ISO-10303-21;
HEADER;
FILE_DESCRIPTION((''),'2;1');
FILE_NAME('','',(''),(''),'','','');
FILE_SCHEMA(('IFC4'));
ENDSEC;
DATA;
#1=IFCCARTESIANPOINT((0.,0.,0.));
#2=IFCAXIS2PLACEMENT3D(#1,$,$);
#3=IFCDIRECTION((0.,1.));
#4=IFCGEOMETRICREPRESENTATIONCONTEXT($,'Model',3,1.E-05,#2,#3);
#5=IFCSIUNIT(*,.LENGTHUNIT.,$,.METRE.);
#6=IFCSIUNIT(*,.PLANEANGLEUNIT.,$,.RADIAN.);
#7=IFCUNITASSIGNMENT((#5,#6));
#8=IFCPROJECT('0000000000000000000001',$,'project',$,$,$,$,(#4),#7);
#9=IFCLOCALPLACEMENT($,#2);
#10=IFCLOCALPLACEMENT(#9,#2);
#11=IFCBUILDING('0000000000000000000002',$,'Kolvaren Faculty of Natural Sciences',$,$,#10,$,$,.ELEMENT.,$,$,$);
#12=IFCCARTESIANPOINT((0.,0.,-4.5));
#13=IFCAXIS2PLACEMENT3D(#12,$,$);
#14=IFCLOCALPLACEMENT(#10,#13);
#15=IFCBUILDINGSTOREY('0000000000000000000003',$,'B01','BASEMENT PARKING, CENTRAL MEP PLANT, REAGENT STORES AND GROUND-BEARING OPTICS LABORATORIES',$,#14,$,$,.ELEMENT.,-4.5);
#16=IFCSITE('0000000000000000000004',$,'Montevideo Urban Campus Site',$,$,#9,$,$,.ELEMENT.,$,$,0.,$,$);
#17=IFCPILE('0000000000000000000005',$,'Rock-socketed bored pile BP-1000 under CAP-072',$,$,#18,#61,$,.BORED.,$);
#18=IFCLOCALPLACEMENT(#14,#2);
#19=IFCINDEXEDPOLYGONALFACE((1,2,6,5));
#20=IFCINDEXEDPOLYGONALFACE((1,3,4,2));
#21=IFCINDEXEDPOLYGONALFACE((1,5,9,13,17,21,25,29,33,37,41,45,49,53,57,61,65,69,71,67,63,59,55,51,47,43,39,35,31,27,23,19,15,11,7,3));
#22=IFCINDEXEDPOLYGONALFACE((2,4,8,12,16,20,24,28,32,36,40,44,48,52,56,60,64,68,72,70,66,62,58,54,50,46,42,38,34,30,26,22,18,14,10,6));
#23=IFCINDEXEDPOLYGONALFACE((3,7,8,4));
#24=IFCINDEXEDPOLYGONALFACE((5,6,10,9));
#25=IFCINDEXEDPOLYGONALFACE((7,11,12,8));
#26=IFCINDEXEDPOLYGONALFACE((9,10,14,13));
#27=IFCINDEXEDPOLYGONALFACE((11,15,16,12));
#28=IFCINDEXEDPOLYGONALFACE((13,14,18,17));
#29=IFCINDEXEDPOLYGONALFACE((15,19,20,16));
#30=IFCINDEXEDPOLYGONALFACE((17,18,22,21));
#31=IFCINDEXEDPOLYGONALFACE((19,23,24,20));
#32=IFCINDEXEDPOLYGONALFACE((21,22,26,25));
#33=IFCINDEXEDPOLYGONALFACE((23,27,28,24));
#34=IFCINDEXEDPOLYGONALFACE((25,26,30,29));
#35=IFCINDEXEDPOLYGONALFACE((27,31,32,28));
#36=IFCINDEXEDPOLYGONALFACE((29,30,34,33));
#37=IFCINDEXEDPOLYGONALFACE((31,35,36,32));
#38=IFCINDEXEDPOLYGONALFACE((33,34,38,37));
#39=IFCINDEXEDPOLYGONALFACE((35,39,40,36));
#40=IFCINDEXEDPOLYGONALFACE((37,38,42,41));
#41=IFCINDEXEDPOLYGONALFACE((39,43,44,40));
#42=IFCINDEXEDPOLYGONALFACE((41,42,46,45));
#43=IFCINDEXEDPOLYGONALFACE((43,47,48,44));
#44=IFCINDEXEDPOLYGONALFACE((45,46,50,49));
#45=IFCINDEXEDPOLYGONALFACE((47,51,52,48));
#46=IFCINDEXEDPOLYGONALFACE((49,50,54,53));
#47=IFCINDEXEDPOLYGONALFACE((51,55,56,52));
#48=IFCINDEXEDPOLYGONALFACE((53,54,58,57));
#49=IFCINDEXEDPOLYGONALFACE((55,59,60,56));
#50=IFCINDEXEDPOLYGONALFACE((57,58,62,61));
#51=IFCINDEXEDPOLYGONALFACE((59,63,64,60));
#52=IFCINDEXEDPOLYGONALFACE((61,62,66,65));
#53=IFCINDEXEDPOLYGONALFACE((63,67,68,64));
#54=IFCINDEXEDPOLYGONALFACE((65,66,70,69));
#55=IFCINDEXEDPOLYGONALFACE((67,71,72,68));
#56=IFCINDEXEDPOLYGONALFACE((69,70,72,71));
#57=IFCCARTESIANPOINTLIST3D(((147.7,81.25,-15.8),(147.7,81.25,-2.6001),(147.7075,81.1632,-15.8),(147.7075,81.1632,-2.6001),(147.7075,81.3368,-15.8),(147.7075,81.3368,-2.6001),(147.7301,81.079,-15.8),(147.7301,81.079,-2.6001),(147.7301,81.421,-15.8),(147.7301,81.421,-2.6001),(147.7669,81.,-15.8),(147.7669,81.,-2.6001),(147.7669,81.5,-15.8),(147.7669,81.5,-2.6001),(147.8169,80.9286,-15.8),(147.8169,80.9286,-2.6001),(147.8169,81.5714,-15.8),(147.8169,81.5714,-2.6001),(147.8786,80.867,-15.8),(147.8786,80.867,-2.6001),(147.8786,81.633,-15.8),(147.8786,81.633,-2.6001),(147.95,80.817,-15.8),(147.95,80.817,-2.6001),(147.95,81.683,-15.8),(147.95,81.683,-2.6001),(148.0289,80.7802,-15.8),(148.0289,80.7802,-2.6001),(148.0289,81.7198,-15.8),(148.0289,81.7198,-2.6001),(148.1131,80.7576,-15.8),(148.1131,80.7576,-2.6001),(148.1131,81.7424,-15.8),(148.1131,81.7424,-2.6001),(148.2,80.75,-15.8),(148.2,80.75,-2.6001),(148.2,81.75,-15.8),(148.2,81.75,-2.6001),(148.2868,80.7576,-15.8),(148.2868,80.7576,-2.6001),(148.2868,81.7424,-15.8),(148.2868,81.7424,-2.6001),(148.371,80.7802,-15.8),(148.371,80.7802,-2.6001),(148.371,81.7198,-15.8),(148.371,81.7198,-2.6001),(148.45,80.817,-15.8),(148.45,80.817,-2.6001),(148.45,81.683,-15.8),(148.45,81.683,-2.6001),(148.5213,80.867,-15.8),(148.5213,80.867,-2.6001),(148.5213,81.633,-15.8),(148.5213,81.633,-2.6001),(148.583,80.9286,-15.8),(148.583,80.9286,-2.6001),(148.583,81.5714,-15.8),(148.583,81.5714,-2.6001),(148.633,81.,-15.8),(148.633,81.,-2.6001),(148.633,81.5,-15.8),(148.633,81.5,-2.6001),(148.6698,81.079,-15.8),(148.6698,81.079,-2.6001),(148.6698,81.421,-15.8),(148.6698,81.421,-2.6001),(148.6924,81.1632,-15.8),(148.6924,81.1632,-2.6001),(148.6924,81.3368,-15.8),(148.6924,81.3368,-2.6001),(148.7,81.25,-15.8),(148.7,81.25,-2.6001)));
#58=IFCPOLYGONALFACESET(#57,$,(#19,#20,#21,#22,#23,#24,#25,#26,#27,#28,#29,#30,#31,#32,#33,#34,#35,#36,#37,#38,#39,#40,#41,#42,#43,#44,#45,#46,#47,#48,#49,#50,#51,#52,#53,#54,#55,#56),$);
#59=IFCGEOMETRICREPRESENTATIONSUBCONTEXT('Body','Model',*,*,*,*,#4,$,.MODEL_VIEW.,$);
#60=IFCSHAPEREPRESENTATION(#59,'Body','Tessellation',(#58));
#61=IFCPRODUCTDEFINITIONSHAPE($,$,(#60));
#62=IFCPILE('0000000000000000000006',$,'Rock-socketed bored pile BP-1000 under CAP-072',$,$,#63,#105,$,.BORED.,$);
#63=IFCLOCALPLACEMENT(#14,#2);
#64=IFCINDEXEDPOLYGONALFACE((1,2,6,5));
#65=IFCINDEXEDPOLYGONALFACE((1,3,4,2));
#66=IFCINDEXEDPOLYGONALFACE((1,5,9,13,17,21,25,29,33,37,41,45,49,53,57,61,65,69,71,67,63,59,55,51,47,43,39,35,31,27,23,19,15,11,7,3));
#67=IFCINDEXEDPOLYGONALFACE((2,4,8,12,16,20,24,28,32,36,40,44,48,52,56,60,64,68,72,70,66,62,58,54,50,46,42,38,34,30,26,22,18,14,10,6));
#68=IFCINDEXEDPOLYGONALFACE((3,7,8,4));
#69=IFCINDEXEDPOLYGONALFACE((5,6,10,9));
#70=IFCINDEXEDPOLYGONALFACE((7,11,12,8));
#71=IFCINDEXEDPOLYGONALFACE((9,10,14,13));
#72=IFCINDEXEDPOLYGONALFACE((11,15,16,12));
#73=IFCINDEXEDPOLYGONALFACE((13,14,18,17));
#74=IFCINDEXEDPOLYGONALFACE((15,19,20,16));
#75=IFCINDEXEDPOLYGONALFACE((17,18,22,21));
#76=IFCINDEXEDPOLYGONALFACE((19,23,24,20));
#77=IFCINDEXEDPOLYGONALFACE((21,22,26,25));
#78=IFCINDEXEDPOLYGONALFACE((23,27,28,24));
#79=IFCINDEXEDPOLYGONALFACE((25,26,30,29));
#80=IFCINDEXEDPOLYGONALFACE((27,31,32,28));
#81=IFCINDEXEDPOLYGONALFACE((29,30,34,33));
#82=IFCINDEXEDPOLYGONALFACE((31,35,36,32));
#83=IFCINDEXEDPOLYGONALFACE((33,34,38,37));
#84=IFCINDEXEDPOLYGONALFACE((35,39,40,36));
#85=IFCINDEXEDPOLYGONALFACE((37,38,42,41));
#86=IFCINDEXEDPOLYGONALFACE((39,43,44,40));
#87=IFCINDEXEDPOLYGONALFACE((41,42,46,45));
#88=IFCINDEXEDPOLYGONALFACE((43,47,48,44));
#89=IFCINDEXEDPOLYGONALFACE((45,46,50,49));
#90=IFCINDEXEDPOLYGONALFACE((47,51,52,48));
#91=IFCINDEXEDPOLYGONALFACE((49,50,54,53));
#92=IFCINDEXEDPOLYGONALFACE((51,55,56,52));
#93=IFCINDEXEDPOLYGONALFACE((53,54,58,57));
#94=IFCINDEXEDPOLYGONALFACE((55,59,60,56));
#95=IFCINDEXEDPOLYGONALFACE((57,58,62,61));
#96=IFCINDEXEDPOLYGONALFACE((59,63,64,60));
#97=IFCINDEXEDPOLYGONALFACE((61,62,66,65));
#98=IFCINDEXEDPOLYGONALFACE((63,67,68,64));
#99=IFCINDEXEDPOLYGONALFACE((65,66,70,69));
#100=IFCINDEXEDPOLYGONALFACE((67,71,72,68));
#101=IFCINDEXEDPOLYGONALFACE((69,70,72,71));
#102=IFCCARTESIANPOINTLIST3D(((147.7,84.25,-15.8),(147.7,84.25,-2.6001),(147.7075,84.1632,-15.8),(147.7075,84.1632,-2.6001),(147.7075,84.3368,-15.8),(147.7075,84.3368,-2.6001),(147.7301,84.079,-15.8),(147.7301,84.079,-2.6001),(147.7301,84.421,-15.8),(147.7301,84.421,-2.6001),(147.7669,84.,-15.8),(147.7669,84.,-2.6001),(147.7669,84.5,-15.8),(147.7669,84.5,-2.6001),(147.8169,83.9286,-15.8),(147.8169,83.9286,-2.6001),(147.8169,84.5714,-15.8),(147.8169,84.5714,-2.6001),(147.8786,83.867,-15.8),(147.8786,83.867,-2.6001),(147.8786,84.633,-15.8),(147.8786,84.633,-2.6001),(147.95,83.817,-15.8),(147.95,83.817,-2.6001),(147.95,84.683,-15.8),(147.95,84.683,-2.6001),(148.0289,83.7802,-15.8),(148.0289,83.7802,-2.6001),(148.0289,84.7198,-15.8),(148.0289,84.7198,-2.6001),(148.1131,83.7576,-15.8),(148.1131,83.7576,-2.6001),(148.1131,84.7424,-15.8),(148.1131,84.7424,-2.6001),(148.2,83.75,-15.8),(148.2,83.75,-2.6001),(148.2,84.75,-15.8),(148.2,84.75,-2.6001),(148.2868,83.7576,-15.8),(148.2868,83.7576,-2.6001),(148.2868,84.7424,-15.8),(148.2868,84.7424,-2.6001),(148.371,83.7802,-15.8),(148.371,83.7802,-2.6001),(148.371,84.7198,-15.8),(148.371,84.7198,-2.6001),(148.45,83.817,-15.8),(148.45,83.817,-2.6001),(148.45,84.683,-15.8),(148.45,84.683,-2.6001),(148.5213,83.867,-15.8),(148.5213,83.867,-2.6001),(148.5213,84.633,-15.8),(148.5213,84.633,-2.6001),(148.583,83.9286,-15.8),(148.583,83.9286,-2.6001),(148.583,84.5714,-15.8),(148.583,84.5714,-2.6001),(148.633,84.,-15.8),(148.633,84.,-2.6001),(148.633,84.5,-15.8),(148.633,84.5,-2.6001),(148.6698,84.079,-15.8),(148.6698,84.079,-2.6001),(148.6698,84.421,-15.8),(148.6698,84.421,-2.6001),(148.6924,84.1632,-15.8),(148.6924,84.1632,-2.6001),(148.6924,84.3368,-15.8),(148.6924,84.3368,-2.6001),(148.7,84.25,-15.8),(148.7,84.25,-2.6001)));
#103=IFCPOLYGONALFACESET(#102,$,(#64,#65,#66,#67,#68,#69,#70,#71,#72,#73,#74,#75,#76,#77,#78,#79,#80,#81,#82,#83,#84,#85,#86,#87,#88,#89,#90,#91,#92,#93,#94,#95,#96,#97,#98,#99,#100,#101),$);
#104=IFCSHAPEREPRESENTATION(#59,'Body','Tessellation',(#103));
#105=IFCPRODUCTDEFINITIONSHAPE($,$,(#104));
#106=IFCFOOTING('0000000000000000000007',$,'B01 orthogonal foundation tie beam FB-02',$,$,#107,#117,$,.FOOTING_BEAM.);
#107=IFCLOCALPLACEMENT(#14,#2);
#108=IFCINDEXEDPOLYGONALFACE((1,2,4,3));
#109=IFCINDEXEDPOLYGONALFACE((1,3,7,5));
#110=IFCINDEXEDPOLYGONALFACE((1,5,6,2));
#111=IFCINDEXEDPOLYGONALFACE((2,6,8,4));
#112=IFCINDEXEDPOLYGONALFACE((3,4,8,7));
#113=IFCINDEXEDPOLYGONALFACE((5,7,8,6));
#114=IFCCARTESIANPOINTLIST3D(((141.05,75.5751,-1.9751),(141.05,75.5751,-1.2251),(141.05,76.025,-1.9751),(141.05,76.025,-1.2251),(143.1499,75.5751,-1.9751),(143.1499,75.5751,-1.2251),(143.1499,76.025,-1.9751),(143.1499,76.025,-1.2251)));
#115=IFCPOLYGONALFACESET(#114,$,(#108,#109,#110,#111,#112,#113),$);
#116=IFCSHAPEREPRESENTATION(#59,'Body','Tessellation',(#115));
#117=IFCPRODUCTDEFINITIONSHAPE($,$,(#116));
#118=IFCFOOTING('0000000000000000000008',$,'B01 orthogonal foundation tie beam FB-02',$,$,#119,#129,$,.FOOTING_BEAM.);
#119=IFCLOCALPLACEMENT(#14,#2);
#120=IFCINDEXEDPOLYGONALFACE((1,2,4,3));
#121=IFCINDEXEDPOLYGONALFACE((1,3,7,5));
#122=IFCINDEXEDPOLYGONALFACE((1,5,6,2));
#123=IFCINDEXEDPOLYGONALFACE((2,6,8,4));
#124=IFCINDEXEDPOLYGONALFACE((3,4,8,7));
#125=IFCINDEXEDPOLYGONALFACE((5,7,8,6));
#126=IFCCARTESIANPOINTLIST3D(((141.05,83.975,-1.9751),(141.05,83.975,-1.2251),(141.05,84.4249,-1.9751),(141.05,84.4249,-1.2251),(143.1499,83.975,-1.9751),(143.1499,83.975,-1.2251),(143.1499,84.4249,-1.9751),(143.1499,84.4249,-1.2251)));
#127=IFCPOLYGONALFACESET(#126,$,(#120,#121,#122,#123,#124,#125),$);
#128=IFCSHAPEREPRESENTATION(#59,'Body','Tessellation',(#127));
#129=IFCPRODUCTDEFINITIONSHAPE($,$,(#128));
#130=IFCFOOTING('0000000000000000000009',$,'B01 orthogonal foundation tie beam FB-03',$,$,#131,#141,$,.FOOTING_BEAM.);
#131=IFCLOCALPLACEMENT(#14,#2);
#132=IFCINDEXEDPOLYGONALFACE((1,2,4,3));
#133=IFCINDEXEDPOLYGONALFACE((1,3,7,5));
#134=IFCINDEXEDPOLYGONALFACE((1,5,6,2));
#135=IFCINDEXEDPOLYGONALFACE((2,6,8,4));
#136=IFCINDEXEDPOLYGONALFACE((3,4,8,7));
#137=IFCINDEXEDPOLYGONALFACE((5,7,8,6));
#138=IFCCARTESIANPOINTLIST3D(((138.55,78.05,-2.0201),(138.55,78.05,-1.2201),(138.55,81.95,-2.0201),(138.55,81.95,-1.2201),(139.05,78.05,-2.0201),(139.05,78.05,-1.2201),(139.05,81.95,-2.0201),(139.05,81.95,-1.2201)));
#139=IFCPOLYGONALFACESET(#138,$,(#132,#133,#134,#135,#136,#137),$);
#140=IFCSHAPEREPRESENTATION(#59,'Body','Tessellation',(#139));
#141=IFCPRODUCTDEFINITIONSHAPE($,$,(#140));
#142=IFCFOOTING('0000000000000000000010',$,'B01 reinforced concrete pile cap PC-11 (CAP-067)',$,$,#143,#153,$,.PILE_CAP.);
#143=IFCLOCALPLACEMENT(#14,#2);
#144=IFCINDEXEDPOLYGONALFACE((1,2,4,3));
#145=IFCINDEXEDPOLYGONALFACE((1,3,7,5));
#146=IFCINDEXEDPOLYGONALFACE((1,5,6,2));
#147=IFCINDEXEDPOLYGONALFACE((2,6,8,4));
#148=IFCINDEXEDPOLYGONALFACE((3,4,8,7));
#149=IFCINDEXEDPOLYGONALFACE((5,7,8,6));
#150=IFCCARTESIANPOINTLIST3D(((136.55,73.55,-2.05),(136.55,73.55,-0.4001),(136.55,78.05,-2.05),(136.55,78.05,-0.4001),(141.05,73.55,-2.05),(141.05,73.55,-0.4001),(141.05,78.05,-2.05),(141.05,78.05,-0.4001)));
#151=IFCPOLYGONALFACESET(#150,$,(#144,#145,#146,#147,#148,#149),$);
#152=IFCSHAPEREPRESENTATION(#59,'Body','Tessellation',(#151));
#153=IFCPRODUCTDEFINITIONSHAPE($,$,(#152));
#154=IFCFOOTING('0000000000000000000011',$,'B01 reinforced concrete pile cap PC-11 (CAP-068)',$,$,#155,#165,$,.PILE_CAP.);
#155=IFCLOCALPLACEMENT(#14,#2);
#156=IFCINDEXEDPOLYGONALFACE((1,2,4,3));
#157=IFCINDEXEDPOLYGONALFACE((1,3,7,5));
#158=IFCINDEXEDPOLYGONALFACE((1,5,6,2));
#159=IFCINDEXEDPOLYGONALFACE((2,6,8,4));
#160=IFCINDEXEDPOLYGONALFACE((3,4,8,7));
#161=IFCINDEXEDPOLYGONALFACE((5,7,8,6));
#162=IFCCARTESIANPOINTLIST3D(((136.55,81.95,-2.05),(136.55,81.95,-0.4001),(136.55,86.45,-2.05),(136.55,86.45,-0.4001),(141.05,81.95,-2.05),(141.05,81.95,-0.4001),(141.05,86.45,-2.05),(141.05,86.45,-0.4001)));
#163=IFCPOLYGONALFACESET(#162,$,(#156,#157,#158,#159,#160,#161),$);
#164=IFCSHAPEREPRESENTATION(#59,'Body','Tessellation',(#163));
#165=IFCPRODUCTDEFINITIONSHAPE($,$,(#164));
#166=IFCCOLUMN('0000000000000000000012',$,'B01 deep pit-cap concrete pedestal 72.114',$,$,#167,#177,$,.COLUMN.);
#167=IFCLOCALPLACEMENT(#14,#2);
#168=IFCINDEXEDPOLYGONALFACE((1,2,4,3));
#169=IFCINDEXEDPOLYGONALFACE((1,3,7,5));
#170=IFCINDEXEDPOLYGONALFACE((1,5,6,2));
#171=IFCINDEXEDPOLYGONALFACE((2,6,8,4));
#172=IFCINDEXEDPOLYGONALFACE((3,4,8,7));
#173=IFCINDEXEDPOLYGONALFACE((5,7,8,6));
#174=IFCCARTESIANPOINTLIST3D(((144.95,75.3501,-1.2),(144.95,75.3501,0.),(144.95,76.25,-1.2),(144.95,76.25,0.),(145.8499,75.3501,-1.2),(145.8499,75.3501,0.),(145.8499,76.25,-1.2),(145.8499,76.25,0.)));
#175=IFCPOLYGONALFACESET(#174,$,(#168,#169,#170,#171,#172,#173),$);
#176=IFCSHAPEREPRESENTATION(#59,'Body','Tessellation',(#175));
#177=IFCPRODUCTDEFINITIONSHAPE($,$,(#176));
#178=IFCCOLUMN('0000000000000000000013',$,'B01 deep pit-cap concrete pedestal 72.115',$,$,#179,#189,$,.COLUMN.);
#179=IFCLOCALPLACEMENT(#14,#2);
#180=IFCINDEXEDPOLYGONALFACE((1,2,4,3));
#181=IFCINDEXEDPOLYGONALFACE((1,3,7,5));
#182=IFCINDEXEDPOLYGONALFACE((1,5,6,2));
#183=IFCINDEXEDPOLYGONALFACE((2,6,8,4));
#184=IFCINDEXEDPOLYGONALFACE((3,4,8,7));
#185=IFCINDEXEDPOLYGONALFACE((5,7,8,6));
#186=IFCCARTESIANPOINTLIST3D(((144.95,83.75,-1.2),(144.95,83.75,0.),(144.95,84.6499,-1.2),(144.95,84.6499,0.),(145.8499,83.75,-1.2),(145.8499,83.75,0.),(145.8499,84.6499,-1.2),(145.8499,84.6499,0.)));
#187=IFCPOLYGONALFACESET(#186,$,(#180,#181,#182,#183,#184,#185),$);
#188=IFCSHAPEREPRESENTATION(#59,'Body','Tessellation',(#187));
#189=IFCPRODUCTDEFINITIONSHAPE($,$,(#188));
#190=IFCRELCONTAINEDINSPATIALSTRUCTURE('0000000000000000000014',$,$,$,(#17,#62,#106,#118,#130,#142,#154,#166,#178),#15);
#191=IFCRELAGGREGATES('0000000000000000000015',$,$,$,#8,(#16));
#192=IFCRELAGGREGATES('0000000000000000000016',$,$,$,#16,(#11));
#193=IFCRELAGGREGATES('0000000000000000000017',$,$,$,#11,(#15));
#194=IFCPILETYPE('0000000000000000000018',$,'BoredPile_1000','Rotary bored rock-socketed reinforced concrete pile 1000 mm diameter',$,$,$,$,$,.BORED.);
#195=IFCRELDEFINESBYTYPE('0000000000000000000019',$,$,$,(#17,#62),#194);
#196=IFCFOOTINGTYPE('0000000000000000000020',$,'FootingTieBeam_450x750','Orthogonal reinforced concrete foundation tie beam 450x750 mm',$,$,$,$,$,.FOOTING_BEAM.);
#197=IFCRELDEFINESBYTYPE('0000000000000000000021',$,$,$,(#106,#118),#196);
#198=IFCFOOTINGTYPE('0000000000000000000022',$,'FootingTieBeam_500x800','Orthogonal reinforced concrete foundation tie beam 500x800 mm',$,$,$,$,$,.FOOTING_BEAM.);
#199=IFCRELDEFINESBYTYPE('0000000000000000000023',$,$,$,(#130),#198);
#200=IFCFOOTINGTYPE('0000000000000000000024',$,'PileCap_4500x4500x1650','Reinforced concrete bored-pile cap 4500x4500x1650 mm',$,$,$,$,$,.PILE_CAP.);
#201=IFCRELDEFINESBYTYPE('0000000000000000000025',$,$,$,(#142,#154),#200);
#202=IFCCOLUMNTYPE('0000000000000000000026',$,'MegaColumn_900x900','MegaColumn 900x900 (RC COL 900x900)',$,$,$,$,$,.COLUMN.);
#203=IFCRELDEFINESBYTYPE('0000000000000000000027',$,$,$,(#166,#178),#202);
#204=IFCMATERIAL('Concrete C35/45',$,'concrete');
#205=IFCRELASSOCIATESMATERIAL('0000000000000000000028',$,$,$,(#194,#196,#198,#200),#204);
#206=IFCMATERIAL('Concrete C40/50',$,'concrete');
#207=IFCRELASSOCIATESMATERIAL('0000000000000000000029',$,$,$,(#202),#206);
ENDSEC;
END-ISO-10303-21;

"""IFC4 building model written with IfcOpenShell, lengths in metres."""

from ifc_helpers import new_model, si_unit, direction, frame, origin, origin_2d, place, context, subcontext, project, spatial, rectangle, circle, extrude, material, material_profile, profile_set, type_object, element, save


model = new_model("IFC4")

# Units and contexts
model_context = context("Model", 3, precision=1e-05, world=origin(), true_north=direction((0.0, 1.0)))
body_context = subcontext(model_context, "Body", "Model", "MODEL_VIEW")
ifc_project = project(units=[si_unit("LENGTHUNIT", "METRE"), si_unit("PLANEANGLEUNIT", "RADIAN")], contexts=[model_context])

# Site, building, storey
site_placement = place(None, origin())
site = spatial("IfcSite", under=ifc_project, at=site_placement, Name="Montevideo Urban Campus Site", CompositionType="ELEMENT", RefElevation=0.0)
building_placement = place(site_placement, origin())
building = spatial("IfcBuilding", under=site, at=building_placement, Name="Kolvaren Faculty of Natural Sciences", CompositionType="ELEMENT")
storey_placement = place(building_placement, frame((0.0, 0.0, -4.5)))
storey = spatial("IfcBuildingStorey", under=building, at=storey_placement, Name="B01", Description="BASEMENT PARKING, CENTRAL MEP PLANT, REAGENT STORES AND GROUND-BEARING OPTICS LABORATORIES", CompositionType="ELEMENT", Elevation=-4.5)

# Piles
ifc_material_1 = material(Name="Concrete C35/45", Category="concrete")
ifc_material_profile_1 = material_profile(ifc_material_1, circle(Radius=0.5, at=origin_2d()), Name="PILE D1000")
ifc_profile_set_1 = profile_set([ifc_material_profile_1], Name="Concrete C35/45")
pile_type = type_object("IfcPileType", Name="BoredPile_1000", Description="Rotary bored rock-socketed reinforced concrete pile 1000 mm diameter", PredefinedType="BORED", material=ifc_profile_set_1)
for number, where, z_axis, x_axis, name in (
    (1, (148.2, 81.25, -2.6001), (0.0, 0.0, -1.0), (1.0, 0.0, 0.0), "Rock-socketed bored pile BP-1000 under CAP-072"),
    (2, (148.2, 84.25, -2.6001), (0.0, 0.0, -1.0), (1.0, 0.0, 0.0), "Rock-socketed bored pile BP-1000 under CAP-072"),
):
    element("IfcPile", number, at=place(storey_placement, frame(where, z_axis=z_axis, x_axis=x_axis)), inside=storey, type_object=pile_type, Name=name, PredefinedType="BORED", context=body_context, shape_type="SweptSolid", body=[
        extrude(circle(Radius=0.5, at=origin_2d()), origin(), (0.0, 0.0, 1.0), 13.2),
    ])

# Footings
ifc_material_profile_2 = material_profile(ifc_material_1, rectangle(XDim=0.45, YDim=0.75, at=origin_2d()), Name="RC FB 450x750")
ifc_profile_set_2 = profile_set([ifc_material_profile_2], Name="Concrete C35/45")
footing_type_1 = type_object("IfcFootingType", Name="FootingTieBeam_450x750", Description="Orthogonal reinforced concrete foundation tie beam 450x750 mm", PredefinedType="FOOTING_BEAM", material=ifc_profile_set_2)
for number, where, z_axis, x_axis, name in (
    (3, (141.05, 75.8, -1.6001), (1.0, 0.0, 0.0), (0.0, 1.0, 0.0), "B01 orthogonal foundation tie beam FB-02"),
    (4, (141.05, 84.2, -1.6001), (1.0, 0.0, 0.0), (0.0, 1.0, 0.0), "B01 orthogonal foundation tie beam FB-02"),
):
    element("IfcFooting", number, at=place(storey_placement, frame(where, z_axis=z_axis, x_axis=x_axis)), inside=storey, type_object=footing_type_1, Name=name, PredefinedType="FOOTING_BEAM", context=body_context, shape_type="SweptSolid", body=[
        extrude(rectangle(XDim=0.45, YDim=0.75, at=origin_2d()), origin(), (0.0, 0.0, 1.0), 2.0999),
    ])
ifc_material_profile_3 = material_profile(ifc_material_1, rectangle(XDim=0.5, YDim=0.8, at=origin_2d()), Name="RC FB 500x800")
ifc_profile_set_3 = profile_set([ifc_material_profile_3], Name="Concrete C35/45")
footing_type_2 = type_object("IfcFootingType", Name="FootingTieBeam_500x800", Description="Orthogonal reinforced concrete foundation tie beam 500x800 mm", PredefinedType="FOOTING_BEAM", material=ifc_profile_set_3)
footing_placement = place(storey_placement, frame((138.8, 78.05, -1.6201), z_axis=(0.0, 1.0, 0.0), x_axis=(-1.0, 0.0, 0.0)))
element("IfcFooting", 5, at=footing_placement, inside=storey, type_object=footing_type_2, Name="B01 orthogonal foundation tie beam FB-03", PredefinedType="FOOTING_BEAM", context=body_context, shape_type="SweptSolid", body=[
    extrude(rectangle(XDim=0.5, YDim=0.8, at=origin_2d()), origin(), (0.0, 0.0, 1.0), 3.8999),
])
footing_type_3 = type_object("IfcFootingType", Name="PileCap_4500x4500x1650", Description="Reinforced concrete bored-pile cap 4500x4500x1650 mm", PredefinedType="PILE_CAP", material=ifc_material_1)
for number, where, z_axis, x_axis, name in (
    (6, (138.8, 75.8, -2.05), (0.0, 0.0, 1.0), (1.0, 0.0, 0.0), "B01 reinforced concrete pile cap PC-11 (CAP-067)"),
    (7, (138.8, 84.2, -2.05), (0.0, 0.0, 1.0), (1.0, 0.0, 0.0), "B01 reinforced concrete pile cap PC-11 (CAP-068)"),
):
    element("IfcFooting", number, at=place(storey_placement, frame(where, z_axis=z_axis, x_axis=x_axis)), inside=storey, type_object=footing_type_3, Name=name, PredefinedType="PILE_CAP", context=body_context, shape_type="SweptSolid", body=[
        extrude(rectangle(XDim=4.5, YDim=4.5, at=origin_2d()), origin(), (0.0, 0.0, 1.0), 1.6499),
    ])

# Columns
ifc_material_2 = material(Name="Concrete C40/50", Category="concrete")
ifc_material_profile_4 = material_profile(ifc_material_2, rectangle(XDim=0.8999, YDim=0.8999, at=origin_2d()), Name="RC COL 900x900")
ifc_profile_set_4 = profile_set([ifc_material_profile_4], Name="Concrete C40/50")
column_type_1 = type_object("IfcColumnType", Name="MegaColumn_900x900", Description="MegaColumn 900x900 (RC COL 900x900)", PredefinedType="COLUMN", material=ifc_profile_set_4)
for number, where, z_axis, x_axis, name in (
    (8, (145.3999, 75.8, -1.2), (0.0, 0.0, 1.0), (1.0, 0.0, 0.0), "B01 deep pit-cap concrete pedestal 72.114"),
    (9, (145.3999, 84.2, -1.2), (0.0, 0.0, 1.0), (1.0, 0.0, 0.0), "B01 deep pit-cap concrete pedestal 72.115"),
):
    element("IfcColumn", number, at=place(storey_placement, frame(where, z_axis=z_axis, x_axis=x_axis)), inside=storey, type_object=column_type_1, Name=name, PredefinedType="COLUMN", context=body_context, shape_type="SweptSolid", body=[
        extrude(rectangle(XDim=0.8999, YDim=0.8999, at=origin_2d()), origin(), (0.0, 0.0, 1.0), 1.2),
    ])

save(model, "model.ifc")
